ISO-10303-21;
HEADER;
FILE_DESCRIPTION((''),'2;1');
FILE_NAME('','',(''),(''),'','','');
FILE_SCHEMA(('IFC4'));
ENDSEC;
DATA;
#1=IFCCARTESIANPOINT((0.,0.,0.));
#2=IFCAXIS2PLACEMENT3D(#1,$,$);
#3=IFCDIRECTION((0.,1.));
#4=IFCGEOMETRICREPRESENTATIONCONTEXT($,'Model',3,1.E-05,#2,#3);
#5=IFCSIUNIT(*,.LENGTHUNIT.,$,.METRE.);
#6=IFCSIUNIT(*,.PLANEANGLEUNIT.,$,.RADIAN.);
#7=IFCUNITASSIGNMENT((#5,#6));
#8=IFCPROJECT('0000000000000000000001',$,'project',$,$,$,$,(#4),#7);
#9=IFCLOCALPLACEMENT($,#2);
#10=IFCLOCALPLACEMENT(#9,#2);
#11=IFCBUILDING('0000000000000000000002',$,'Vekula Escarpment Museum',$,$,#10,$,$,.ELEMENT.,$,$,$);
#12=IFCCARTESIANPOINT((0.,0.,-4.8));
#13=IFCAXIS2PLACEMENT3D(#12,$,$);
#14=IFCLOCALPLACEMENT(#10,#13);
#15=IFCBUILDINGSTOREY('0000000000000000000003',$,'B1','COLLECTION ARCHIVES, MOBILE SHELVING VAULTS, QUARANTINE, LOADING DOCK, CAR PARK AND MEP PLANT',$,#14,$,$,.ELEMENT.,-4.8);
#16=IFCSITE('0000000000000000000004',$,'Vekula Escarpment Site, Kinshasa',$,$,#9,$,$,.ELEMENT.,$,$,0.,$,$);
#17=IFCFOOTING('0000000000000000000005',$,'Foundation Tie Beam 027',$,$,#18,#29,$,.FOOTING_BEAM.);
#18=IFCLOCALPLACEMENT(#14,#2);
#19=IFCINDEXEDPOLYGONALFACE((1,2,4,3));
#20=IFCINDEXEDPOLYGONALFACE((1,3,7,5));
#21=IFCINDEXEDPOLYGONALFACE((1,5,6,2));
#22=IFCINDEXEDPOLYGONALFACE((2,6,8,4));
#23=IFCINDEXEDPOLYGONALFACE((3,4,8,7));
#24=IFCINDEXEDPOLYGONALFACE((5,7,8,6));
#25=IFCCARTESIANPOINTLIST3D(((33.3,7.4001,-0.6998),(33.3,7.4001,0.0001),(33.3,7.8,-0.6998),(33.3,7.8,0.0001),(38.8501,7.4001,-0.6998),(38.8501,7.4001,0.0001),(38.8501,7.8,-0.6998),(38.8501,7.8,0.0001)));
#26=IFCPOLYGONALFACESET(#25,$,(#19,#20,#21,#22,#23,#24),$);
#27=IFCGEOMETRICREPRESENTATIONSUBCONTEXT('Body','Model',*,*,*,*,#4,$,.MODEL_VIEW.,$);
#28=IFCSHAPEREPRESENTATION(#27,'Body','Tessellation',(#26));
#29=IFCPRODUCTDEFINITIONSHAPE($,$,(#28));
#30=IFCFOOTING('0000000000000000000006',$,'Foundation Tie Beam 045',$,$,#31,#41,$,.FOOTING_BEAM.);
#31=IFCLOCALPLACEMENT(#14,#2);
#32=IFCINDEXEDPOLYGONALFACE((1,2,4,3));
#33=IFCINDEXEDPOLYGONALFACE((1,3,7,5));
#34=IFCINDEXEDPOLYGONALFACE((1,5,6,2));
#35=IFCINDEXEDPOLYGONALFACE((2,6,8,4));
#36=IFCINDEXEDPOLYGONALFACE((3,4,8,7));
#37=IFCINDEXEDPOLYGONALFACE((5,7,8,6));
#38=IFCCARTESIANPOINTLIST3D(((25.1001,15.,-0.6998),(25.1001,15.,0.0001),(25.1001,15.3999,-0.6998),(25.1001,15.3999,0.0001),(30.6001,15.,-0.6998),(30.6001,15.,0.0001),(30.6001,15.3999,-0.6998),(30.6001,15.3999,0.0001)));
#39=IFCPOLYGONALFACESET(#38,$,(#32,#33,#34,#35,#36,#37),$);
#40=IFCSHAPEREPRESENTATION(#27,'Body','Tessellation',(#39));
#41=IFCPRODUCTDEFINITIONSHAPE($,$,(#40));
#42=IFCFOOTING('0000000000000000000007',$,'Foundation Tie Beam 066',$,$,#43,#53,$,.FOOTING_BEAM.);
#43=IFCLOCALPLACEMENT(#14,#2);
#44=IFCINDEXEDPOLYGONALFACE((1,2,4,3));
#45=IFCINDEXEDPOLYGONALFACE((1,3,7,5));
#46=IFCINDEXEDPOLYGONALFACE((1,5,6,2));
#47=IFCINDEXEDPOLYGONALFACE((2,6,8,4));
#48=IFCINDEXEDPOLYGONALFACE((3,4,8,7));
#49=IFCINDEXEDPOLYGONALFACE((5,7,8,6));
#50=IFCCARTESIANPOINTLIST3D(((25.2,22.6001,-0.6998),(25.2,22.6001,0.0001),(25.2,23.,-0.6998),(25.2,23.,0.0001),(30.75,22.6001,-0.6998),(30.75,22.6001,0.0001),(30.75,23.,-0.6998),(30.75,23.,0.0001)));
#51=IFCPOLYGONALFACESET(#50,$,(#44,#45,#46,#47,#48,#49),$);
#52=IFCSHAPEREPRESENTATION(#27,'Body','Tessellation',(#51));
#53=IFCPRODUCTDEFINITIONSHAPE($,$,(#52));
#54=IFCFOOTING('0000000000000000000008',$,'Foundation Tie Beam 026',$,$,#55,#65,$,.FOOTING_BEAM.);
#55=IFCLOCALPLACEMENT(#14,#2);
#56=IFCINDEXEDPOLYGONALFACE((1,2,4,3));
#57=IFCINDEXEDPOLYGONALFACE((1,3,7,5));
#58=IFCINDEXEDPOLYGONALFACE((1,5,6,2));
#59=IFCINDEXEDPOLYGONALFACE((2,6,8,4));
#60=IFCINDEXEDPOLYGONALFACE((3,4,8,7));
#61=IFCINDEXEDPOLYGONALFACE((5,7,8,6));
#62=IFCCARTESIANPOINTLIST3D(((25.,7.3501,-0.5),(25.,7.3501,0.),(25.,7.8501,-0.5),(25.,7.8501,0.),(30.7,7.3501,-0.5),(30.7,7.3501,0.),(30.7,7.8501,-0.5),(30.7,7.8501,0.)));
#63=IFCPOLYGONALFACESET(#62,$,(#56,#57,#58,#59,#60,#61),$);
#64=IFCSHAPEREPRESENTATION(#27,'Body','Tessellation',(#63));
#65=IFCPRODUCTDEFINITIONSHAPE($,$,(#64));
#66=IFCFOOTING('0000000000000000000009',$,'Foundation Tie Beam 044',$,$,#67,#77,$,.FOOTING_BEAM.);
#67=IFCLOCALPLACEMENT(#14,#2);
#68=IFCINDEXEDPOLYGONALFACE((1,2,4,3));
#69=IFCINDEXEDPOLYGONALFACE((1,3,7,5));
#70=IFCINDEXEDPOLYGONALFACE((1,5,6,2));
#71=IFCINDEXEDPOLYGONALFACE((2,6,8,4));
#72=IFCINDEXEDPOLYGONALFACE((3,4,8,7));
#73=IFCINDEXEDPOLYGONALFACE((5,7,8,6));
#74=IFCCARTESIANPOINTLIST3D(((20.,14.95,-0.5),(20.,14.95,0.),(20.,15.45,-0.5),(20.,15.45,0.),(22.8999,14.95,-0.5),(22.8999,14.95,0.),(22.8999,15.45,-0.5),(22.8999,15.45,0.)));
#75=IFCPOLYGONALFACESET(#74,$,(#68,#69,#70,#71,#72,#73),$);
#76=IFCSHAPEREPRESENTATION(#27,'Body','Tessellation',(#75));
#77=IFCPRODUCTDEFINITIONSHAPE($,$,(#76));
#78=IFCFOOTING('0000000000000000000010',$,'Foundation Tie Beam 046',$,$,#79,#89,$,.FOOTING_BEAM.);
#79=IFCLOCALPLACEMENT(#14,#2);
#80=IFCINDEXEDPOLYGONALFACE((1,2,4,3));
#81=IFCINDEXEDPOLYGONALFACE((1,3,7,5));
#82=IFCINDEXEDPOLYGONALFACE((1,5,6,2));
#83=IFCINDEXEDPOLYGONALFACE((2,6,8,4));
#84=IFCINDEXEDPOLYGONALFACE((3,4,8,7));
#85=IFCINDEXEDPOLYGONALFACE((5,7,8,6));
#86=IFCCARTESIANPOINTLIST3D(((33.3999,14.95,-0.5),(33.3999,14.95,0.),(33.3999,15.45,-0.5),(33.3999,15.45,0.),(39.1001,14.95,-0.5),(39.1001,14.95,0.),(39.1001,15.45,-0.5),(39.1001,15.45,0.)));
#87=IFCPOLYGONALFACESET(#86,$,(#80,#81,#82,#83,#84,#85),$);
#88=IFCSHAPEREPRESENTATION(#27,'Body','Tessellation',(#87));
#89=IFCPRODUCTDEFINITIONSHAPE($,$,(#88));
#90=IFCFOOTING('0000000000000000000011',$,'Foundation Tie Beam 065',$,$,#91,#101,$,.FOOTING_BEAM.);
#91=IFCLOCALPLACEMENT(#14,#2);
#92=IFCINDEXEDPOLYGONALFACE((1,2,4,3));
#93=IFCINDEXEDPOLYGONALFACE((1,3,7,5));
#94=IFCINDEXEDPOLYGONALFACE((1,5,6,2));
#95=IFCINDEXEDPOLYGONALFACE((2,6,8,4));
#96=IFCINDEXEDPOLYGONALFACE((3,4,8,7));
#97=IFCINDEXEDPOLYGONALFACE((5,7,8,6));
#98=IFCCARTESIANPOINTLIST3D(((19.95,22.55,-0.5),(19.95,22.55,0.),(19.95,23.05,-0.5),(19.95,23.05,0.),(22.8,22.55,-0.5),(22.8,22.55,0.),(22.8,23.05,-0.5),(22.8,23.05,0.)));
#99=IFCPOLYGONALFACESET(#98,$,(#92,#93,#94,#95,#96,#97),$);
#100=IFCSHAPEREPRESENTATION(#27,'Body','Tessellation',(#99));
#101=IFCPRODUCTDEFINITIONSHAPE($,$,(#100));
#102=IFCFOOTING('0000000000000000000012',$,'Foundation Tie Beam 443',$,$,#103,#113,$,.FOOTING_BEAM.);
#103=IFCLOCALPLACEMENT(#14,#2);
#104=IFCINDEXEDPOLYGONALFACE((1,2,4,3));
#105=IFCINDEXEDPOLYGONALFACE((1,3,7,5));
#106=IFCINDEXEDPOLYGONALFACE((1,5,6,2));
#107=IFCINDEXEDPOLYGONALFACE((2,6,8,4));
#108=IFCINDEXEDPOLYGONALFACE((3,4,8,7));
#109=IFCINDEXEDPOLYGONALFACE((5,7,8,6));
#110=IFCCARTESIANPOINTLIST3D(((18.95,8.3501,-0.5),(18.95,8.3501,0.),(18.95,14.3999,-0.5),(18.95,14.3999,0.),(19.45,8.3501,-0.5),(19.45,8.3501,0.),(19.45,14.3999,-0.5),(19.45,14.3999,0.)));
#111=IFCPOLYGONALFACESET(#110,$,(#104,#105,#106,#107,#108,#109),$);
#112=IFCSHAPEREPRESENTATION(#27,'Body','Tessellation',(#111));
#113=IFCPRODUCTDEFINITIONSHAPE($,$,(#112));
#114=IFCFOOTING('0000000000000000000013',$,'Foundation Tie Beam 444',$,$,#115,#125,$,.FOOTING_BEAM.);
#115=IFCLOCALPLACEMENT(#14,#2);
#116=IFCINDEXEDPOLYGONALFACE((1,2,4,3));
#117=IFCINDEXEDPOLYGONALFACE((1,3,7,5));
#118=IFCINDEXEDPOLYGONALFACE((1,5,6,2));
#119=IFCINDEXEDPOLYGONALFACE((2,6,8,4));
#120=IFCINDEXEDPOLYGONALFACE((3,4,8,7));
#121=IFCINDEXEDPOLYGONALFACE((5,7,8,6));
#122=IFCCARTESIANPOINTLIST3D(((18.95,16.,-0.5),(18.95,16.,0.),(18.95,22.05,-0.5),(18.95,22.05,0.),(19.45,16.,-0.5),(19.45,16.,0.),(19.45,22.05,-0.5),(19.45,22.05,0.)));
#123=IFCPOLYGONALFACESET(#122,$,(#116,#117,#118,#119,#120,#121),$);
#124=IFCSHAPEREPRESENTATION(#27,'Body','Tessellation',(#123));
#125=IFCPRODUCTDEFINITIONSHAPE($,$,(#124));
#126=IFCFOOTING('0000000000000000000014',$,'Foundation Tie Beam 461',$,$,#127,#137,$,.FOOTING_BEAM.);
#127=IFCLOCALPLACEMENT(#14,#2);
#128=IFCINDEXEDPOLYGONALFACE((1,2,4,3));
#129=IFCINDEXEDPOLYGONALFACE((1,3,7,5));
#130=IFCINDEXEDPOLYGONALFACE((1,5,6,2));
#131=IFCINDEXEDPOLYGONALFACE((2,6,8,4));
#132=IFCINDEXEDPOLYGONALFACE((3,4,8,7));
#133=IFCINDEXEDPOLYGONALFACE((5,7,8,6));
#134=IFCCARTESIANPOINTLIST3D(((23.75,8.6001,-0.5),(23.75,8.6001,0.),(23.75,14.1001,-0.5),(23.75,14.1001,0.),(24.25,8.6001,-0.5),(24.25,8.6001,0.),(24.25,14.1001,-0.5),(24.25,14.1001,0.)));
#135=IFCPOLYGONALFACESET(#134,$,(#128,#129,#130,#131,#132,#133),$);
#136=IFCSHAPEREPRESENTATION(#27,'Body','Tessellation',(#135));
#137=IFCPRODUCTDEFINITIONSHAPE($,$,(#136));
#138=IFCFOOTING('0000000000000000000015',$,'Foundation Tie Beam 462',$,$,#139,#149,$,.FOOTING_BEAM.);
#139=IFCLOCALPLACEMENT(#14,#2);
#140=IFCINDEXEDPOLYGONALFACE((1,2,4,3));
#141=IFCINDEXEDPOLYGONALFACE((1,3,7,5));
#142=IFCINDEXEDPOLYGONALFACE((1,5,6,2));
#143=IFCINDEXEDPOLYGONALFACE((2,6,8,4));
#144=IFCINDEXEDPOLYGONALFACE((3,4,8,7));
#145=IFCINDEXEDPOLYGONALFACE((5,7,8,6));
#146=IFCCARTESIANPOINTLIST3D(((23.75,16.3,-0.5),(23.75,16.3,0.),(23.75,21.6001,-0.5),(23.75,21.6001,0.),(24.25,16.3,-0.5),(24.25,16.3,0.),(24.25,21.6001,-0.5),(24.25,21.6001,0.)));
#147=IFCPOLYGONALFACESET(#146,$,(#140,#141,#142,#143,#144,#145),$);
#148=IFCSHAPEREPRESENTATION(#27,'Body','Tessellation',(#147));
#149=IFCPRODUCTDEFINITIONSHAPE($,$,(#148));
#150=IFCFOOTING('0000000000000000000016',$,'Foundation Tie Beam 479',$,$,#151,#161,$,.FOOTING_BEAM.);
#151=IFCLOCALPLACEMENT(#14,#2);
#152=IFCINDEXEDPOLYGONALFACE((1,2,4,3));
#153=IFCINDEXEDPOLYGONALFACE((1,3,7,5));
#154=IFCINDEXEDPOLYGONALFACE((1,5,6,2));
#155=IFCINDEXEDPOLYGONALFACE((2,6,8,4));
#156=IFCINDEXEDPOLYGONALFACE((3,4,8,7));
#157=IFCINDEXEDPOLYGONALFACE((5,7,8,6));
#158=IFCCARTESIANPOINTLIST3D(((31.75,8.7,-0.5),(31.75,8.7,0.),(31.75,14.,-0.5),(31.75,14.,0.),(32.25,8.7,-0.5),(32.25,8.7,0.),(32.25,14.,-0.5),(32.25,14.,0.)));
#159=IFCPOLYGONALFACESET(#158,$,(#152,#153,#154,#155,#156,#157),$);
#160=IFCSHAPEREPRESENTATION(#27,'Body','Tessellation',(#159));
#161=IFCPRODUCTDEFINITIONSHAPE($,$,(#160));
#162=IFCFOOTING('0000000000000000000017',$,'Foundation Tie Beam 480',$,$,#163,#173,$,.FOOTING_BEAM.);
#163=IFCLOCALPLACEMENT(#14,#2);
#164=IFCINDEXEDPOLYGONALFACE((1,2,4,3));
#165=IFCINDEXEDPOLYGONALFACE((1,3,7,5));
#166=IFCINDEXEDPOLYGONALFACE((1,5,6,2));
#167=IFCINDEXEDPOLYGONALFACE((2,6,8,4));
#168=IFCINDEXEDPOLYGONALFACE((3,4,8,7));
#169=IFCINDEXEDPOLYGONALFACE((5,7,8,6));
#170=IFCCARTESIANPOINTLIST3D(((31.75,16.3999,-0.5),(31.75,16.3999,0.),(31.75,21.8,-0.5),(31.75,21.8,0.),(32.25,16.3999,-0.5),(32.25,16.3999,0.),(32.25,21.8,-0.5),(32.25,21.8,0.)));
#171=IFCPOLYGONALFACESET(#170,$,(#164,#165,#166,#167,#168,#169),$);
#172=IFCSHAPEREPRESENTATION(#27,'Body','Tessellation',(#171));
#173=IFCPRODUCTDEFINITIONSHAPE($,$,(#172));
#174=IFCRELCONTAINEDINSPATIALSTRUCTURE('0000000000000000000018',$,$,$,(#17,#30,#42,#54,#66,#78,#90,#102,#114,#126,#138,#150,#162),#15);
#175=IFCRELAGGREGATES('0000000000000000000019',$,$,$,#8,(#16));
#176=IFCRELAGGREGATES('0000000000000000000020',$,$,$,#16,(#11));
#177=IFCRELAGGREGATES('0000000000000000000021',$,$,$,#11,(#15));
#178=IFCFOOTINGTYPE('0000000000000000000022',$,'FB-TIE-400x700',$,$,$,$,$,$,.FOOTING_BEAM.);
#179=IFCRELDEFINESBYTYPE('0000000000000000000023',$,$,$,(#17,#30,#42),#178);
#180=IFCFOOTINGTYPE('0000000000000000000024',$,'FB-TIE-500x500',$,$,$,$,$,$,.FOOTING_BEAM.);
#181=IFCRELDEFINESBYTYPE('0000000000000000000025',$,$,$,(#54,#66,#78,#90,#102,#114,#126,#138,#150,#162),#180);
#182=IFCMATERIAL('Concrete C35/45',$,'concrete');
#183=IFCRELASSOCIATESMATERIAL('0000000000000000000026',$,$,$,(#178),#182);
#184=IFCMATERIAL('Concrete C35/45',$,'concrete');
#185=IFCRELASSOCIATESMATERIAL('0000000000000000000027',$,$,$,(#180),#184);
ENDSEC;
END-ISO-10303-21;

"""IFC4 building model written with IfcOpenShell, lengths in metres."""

from ifc_helpers import new_model, si_unit, direction, frame, origin, origin_2d, place, context, subcontext, project, spatial, rectangle, extrude, material, material_profile, profile_set, type_object, element, save


model = new_model("IFC4")

# Units and contexts
model_context = context("Model", 3, precision=1e-05, world=origin(), true_north=direction((0.0, 1.0)))
body_context = subcontext(model_context, "Body", "Model", "MODEL_VIEW")
ifc_project = project(units=[si_unit("LENGTHUNIT", "METRE"), si_unit("PLANEANGLEUNIT", "RADIAN")], contexts=[model_context])

# Site, building, storey
site_placement = place(None, origin())
site = spatial("IfcSite", under=ifc_project, at=site_placement, Name="Vekula Escarpment Site, Kinshasa", CompositionType="ELEMENT", RefElevation=0.0)
building_placement = place(site_placement, origin())
building = spatial("IfcBuilding", under=site, at=building_placement, Name="Vekula Escarpment Museum", CompositionType="ELEMENT")
storey_placement = place(building_placement, frame((0.0, 0.0, -4.8)))
storey = spatial("IfcBuildingStorey", under=building, at=storey_placement, Name="B1", Description="COLLECTION ARCHIVES, MOBILE SHELVING VAULTS, QUARANTINE, LOADING DOCK, CAR PARK AND MEP PLANT", CompositionType="ELEMENT", Elevation=-4.8)

# Footings
ifc_material_1 = material(Name="Concrete C35/45", Category="concrete")
ifc_material_profile_1 = material_profile(ifc_material_1, rectangle(XDim=0.3999, YDim=0.7, at=origin_2d()), Name="RC 400x700")
ifc_profile_set_1 = profile_set([ifc_material_profile_1], Name="Concrete C35/45")
footing_type_1 = type_object("IfcFootingType", Name="FB-TIE-400x700", PredefinedType="FOOTING_BEAM", material=ifc_profile_set_1)
footing_1_placement = place(storey_placement, frame((33.3, 7.6001, -0.3499), z_axis=(1.0, 0.0, 0.0), x_axis=(0.0, 1.0, 0.0)))
element("IfcFooting", 1, at=footing_1_placement, inside=storey, type_object=footing_type_1, Name="Foundation Tie Beam 027", PredefinedType="FOOTING_BEAM", context=body_context, shape_type="SweptSolid", body=[
    extrude(rectangle(XDim=0.3999, YDim=0.7, at=origin_2d()), origin(), (0.0, 0.0, 1.0), 5.55),
])
footing_2_placement = place(storey_placement, frame((25.1001, 15.2, -0.3499), z_axis=(1.0, 0.0, 0.0), x_axis=(0.0, 1.0, 0.0)))
element("IfcFooting", 2, at=footing_2_placement, inside=storey, type_object=footing_type_1, Name="Foundation Tie Beam 045", PredefinedType="FOOTING_BEAM", context=body_context, shape_type="SweptSolid", body=[
    extrude(rectangle(XDim=0.3999, YDim=0.7, at=origin_2d()), origin(), (0.0, 0.0, 1.0), 5.5),
])
footing_3_placement = place(storey_placement, frame((25.2, 22.8, -0.3499), z_axis=(1.0, 0.0, 0.0), x_axis=(0.0, 1.0, 0.0)))
element("IfcFooting", 3, at=footing_3_placement, inside=storey, type_object=footing_type_1, Name="Foundation Tie Beam 066", PredefinedType="FOOTING_BEAM", context=body_context, shape_type="SweptSolid", body=[
    extrude(rectangle(XDim=0.3999, YDim=0.7, at=origin_2d()), origin(), (0.0, 0.0, 1.0), 5.55),
])
ifc_material_2 = material(Name="Concrete C35/45", Category="concrete")
ifc_material_profile_2 = material_profile(ifc_material_2, rectangle(XDim=0.5, YDim=0.5, at=origin_2d()), Name="RC 500x500")
ifc_profile_set_2 = profile_set([ifc_material_profile_2], Name="Concrete C35/45")
footing_type_2 = type_object("IfcFootingType", Name="FB-TIE-500x500", PredefinedType="FOOTING_BEAM", material=ifc_profile_set_2)
footing_4_placement = place(storey_placement, frame((25.0, 7.6001, -0.25), z_axis=(1.0, 0.0, 0.0), x_axis=(0.0, 1.0, 0.0)))
element("IfcFooting", 4, at=footing_4_placement, inside=storey, type_object=footing_type_2, Name="Foundation Tie Beam 026", PredefinedType="FOOTING_BEAM", context=body_context, shape_type="SweptSolid", body=[
    extrude(rectangle(XDim=0.5, YDim=0.5, at=origin_2d()), origin(), (0.0, 0.0, 1.0), 5.7),
])
footing_5_placement = place(storey_placement, frame((20.0, 15.2, -0.25), z_axis=(1.0, 0.0, 0.0), x_axis=(0.0, 1.0, 0.0)))
element("IfcFooting", 5, at=footing_5_placement, inside=storey, type_object=footing_type_2, Name="Foundation Tie Beam 044", PredefinedType="FOOTING_BEAM", context=body_context, shape_type="SweptSolid", body=[
    extrude(rectangle(XDim=0.5, YDim=0.5, at=origin_2d()), origin(), (0.0, 0.0, 1.0), 2.8999),
])
footing_6_placement = place(storey_placement, frame((33.3999, 15.2, -0.25), z_axis=(1.0, 0.0, 0.0), x_axis=(0.0, 1.0, 0.0)))
element("IfcFooting", 6, at=footing_6_placement, inside=storey, type_object=footing_type_2, Name="Foundation Tie Beam 046", PredefinedType="FOOTING_BEAM", context=body_context, shape_type="SweptSolid", body=[
    extrude(rectangle(XDim=0.5, YDim=0.5, at=origin_2d()), origin(), (0.0, 0.0, 1.0), 5.7002),
])
footing_7_placement = place(storey_placement, frame((19.95, 22.8, -0.25), z_axis=(1.0, 0.0, 0.0), x_axis=(0.0, 1.0, 0.0)))
element("IfcFooting", 7, at=footing_7_placement, inside=storey, type_object=footing_type_2, Name="Foundation Tie Beam 065", PredefinedType="FOOTING_BEAM", context=body_context, shape_type="SweptSolid", body=[
    extrude(rectangle(XDim=0.5, YDim=0.5, at=origin_2d()), origin(), (0.0, 0.0, 1.0), 2.8501),
])
footing_8_placement = place(storey_placement, frame((19.2, 8.3501, -0.25), z_axis=(0.0, 1.0, 0.0), x_axis=(-1.0, 0.0, 0.0)))
element("IfcFooting", 8, at=footing_8_placement, inside=storey, type_object=footing_type_2, Name="Foundation Tie Beam 443", PredefinedType="FOOTING_BEAM", context=body_context, shape_type="SweptSolid", body=[
    extrude(rectangle(XDim=0.5, YDim=0.5, at=origin_2d()), origin(), (0.0, 0.0, 1.0), 6.0498),
])
footing_9_placement = place(storey_placement, frame((19.2, 16.0, -0.25), z_axis=(0.0, 1.0, 0.0), x_axis=(-1.0, 0.0, 0.0)))
element("IfcFooting", 9, at=footing_9_placement, inside=storey, type_object=footing_type_2, Name="Foundation Tie Beam 444", PredefinedType="FOOTING_BEAM", context=body_context, shape_type="SweptSolid", body=[
    extrude(rectangle(XDim=0.5, YDim=0.5, at=origin_2d()), origin(), (0.0, 0.0, 1.0), 6.05),
])
footing_10_placement = place(storey_placement, frame((24.0, 8.6001, -0.25), z_axis=(0.0, 1.0, 0.0), x_axis=(-1.0, 0.0, 0.0)))
element("IfcFooting", 10, at=footing_10_placement, inside=storey, type_object=footing_type_2, Name="Foundation Tie Beam 461", PredefinedType="FOOTING_BEAM", context=body_context, shape_type="SweptSolid", body=[
    extrude(rectangle(XDim=0.5, YDim=0.5, at=origin_2d()), origin(), (0.0, 0.0, 1.0), 5.5),
])
for number, where, z_axis, x_axis, name in (
    (11, (24.0, 16.3, -0.25), (0.0, 1.0, 0.0), (-1.0, 0.0, 0.0), "Foundation Tie Beam 462"),
    (12, (32.0, 8.7, -0.25), (0.0, 1.0, 0.0), (-1.0, 0.0, 0.0), "Foundation Tie Beam 479"),
):
    element("IfcFooting", number, at=place(storey_placement, frame(where, z_axis=z_axis, x_axis=x_axis)), inside=storey, type_object=footing_type_2, Name=name, PredefinedType="FOOTING_BEAM", context=body_context, shape_type="SweptSolid", body=[
        extrude(rectangle(XDim=0.5, YDim=0.5, at=origin_2d()), origin(), (0.0, 0.0, 1.0), 5.3),
    ])
footing_11_placement = place(storey_placement, frame((32.0, 16.3999, -0.25), z_axis=(0.0, 1.0, 0.0), x_axis=(-1.0, 0.0, 0.0)))
element("IfcFooting", 13, at=footing_11_placement, inside=storey, type_object=footing_type_2, Name="Foundation Tie Beam 480", PredefinedType="FOOTING_BEAM", context=body_context, shape_type="SweptSolid", body=[
    extrude(rectangle(XDim=0.5, YDim=0.5, at=origin_2d()), origin(), (0.0, 0.0, 1.0), 5.4001),
])

save(model, "model.ifc")
